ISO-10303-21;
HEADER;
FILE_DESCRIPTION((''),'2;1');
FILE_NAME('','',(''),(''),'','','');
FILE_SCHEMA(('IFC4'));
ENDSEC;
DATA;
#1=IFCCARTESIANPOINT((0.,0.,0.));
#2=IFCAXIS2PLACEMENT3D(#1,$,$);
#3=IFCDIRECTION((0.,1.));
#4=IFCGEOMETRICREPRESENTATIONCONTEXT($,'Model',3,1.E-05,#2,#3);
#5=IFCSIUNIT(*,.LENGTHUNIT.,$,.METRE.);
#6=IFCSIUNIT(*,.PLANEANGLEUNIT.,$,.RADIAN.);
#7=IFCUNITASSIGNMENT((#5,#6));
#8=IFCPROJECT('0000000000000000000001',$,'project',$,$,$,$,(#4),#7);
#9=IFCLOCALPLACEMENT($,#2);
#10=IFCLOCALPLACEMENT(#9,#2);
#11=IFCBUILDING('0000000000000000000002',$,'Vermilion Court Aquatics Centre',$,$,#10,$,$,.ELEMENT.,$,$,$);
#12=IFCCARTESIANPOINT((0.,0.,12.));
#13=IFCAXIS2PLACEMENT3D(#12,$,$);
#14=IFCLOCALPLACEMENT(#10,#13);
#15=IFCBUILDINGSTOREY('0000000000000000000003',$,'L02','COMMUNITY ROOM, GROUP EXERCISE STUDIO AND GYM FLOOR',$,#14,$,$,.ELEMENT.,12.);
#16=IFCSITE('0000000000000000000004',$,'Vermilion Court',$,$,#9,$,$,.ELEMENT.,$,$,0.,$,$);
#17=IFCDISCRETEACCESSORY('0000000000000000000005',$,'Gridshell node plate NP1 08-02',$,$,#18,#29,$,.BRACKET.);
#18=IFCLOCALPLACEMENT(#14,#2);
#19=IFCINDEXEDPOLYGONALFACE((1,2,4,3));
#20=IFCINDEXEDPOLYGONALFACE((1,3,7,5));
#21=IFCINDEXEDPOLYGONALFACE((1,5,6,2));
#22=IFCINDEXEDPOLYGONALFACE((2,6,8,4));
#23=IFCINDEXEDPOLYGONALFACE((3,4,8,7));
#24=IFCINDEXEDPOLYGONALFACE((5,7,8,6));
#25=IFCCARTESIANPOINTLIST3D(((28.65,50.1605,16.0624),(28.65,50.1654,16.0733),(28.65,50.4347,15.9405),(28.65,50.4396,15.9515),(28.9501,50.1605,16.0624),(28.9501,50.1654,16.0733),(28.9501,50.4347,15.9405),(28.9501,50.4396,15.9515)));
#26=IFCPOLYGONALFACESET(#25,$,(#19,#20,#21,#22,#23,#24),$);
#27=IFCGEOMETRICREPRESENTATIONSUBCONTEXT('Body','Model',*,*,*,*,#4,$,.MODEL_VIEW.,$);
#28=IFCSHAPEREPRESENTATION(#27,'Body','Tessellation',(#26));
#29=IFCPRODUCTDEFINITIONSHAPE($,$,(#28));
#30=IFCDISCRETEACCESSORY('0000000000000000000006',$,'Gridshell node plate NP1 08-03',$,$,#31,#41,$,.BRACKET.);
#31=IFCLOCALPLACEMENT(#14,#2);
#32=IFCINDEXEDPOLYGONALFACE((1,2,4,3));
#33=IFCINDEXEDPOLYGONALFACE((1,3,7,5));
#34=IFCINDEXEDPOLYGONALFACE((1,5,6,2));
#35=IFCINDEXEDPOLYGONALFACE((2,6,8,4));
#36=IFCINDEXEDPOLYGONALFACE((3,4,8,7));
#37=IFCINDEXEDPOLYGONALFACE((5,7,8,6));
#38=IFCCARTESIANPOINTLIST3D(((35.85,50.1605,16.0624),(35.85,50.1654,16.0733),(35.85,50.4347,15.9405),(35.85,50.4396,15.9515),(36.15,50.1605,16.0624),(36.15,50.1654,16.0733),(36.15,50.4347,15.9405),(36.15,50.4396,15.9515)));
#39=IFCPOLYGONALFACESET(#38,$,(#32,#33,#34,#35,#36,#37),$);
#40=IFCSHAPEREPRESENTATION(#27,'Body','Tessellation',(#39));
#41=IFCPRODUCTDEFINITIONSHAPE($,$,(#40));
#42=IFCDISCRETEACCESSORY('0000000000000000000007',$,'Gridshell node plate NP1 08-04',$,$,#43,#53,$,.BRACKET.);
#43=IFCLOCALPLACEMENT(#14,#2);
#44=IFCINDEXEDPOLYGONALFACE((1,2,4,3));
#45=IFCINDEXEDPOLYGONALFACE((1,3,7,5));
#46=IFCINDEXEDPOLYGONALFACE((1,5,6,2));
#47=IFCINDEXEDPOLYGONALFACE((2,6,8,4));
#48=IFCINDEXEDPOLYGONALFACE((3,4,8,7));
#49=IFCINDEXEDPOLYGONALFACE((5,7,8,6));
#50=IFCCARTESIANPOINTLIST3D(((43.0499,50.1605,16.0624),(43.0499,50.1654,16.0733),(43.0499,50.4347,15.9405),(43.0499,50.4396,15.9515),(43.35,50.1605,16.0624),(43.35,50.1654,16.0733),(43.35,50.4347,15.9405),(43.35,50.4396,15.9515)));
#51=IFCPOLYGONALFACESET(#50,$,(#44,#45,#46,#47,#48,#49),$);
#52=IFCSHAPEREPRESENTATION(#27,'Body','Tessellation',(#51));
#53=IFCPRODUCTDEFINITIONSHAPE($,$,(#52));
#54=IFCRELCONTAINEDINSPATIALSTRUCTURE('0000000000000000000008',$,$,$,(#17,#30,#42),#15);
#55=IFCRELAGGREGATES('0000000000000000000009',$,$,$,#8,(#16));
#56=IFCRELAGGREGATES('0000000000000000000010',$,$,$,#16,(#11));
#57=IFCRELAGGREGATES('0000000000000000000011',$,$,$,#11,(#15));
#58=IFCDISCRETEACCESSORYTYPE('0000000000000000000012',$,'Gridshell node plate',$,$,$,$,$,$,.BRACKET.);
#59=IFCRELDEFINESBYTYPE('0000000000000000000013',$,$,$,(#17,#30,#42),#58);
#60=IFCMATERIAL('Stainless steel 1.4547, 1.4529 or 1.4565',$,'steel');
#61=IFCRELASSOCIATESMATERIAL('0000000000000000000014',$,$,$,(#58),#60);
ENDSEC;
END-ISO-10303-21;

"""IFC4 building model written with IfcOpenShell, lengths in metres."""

from ifc_helpers import new_model, si_unit, direction, frame, origin, origin_2d, place, context, subcontext, project, spatial, rectangle, extrude, material, material_profile, profile_set, type_object, element, save


model = new_model("IFC4")

# Units and contexts
model_context = context("Model", 3, precision=1e-05, world=origin(), true_north=direction((0.0, 1.0)))
body_context = subcontext(model_context, "Body", "Model", "MODEL_VIEW")
ifc_project = project(units=[si_unit("LENGTHUNIT", "METRE"), si_unit("PLANEANGLEUNIT", "RADIAN")], contexts=[model_context])

# Site, building, storey
site_placement = place(None, origin())
site = spatial("IfcSite", under=ifc_project, at=site_placement, Name="Vermilion Court", CompositionType="ELEMENT", RefElevation=0.0)
building_placement = place(site_placement, origin())
building = spatial("IfcBuilding", under=site, at=building_placement, Name="Vermilion Court Aquatics Centre", CompositionType="ELEMENT")
storey_placement = place(building_placement, frame((0.0, 0.0, 12.0)))
storey = spatial("IfcBuildingStorey", under=building, at=storey_placement, Name="L02", Description="COMMUNITY ROOM, GROUP EXERCISE STUDIO AND GYM FLOOR", CompositionType="ELEMENT", Elevation=12.0)

# Discrete accessories
ifc_material_1 = material(Name="Stainless steel 1.4547, 1.4529 or 1.4565", Category="steel")
ifc_material_profile_1 = material_profile(ifc_material_1, rectangle(XDim=0.3, YDim=0.3, at=origin_2d()), Name="PL 12 x 300 x 300")
ifc_profile_set_1 = profile_set([ifc_material_profile_1], Name="Stainless steel 1.4547, 1.4529 or 1.4565")
discrete_accessory_type = type_object("IfcDiscreteAccessoryType", Name="Gridshell node plate", PredefinedType="BRACKET", material=ifc_profile_set_1)
for number, where, z_axis, x_axis, name in (
    (1, (28.8, 50.2976, 16.0015), (0.0, 0.406138, 0.913812), (-1.0, 0.0, 0.0), "Gridshell node plate NP1 08-02"),
    (2, (36.0, 50.2976, 16.0015), (0.0, 0.406138, 0.913812), (-1.0, 0.0, 0.0), "Gridshell node plate NP1 08-03"),
    (3, (43.2, 50.2976, 16.0015), (0.0, 0.406138, 0.913812), (-1.0, 0.0, 0.0), "Gridshell node plate NP1 08-04"),
):
    element("IfcDiscreteAccessory", number, at=place(storey_placement, frame(where, z_axis=z_axis, x_axis=x_axis)), inside=storey, type_object=discrete_accessory_type, Name=name, PredefinedType="BRACKET", context=body_context, shape_type="SweptSolid", body=[
        extrude(rectangle(XDim=0.3, YDim=0.3, at=origin_2d()), origin(), (0.0, 0.0, 1.0), 0.012),
    ])

save(model, "model.ifc")
